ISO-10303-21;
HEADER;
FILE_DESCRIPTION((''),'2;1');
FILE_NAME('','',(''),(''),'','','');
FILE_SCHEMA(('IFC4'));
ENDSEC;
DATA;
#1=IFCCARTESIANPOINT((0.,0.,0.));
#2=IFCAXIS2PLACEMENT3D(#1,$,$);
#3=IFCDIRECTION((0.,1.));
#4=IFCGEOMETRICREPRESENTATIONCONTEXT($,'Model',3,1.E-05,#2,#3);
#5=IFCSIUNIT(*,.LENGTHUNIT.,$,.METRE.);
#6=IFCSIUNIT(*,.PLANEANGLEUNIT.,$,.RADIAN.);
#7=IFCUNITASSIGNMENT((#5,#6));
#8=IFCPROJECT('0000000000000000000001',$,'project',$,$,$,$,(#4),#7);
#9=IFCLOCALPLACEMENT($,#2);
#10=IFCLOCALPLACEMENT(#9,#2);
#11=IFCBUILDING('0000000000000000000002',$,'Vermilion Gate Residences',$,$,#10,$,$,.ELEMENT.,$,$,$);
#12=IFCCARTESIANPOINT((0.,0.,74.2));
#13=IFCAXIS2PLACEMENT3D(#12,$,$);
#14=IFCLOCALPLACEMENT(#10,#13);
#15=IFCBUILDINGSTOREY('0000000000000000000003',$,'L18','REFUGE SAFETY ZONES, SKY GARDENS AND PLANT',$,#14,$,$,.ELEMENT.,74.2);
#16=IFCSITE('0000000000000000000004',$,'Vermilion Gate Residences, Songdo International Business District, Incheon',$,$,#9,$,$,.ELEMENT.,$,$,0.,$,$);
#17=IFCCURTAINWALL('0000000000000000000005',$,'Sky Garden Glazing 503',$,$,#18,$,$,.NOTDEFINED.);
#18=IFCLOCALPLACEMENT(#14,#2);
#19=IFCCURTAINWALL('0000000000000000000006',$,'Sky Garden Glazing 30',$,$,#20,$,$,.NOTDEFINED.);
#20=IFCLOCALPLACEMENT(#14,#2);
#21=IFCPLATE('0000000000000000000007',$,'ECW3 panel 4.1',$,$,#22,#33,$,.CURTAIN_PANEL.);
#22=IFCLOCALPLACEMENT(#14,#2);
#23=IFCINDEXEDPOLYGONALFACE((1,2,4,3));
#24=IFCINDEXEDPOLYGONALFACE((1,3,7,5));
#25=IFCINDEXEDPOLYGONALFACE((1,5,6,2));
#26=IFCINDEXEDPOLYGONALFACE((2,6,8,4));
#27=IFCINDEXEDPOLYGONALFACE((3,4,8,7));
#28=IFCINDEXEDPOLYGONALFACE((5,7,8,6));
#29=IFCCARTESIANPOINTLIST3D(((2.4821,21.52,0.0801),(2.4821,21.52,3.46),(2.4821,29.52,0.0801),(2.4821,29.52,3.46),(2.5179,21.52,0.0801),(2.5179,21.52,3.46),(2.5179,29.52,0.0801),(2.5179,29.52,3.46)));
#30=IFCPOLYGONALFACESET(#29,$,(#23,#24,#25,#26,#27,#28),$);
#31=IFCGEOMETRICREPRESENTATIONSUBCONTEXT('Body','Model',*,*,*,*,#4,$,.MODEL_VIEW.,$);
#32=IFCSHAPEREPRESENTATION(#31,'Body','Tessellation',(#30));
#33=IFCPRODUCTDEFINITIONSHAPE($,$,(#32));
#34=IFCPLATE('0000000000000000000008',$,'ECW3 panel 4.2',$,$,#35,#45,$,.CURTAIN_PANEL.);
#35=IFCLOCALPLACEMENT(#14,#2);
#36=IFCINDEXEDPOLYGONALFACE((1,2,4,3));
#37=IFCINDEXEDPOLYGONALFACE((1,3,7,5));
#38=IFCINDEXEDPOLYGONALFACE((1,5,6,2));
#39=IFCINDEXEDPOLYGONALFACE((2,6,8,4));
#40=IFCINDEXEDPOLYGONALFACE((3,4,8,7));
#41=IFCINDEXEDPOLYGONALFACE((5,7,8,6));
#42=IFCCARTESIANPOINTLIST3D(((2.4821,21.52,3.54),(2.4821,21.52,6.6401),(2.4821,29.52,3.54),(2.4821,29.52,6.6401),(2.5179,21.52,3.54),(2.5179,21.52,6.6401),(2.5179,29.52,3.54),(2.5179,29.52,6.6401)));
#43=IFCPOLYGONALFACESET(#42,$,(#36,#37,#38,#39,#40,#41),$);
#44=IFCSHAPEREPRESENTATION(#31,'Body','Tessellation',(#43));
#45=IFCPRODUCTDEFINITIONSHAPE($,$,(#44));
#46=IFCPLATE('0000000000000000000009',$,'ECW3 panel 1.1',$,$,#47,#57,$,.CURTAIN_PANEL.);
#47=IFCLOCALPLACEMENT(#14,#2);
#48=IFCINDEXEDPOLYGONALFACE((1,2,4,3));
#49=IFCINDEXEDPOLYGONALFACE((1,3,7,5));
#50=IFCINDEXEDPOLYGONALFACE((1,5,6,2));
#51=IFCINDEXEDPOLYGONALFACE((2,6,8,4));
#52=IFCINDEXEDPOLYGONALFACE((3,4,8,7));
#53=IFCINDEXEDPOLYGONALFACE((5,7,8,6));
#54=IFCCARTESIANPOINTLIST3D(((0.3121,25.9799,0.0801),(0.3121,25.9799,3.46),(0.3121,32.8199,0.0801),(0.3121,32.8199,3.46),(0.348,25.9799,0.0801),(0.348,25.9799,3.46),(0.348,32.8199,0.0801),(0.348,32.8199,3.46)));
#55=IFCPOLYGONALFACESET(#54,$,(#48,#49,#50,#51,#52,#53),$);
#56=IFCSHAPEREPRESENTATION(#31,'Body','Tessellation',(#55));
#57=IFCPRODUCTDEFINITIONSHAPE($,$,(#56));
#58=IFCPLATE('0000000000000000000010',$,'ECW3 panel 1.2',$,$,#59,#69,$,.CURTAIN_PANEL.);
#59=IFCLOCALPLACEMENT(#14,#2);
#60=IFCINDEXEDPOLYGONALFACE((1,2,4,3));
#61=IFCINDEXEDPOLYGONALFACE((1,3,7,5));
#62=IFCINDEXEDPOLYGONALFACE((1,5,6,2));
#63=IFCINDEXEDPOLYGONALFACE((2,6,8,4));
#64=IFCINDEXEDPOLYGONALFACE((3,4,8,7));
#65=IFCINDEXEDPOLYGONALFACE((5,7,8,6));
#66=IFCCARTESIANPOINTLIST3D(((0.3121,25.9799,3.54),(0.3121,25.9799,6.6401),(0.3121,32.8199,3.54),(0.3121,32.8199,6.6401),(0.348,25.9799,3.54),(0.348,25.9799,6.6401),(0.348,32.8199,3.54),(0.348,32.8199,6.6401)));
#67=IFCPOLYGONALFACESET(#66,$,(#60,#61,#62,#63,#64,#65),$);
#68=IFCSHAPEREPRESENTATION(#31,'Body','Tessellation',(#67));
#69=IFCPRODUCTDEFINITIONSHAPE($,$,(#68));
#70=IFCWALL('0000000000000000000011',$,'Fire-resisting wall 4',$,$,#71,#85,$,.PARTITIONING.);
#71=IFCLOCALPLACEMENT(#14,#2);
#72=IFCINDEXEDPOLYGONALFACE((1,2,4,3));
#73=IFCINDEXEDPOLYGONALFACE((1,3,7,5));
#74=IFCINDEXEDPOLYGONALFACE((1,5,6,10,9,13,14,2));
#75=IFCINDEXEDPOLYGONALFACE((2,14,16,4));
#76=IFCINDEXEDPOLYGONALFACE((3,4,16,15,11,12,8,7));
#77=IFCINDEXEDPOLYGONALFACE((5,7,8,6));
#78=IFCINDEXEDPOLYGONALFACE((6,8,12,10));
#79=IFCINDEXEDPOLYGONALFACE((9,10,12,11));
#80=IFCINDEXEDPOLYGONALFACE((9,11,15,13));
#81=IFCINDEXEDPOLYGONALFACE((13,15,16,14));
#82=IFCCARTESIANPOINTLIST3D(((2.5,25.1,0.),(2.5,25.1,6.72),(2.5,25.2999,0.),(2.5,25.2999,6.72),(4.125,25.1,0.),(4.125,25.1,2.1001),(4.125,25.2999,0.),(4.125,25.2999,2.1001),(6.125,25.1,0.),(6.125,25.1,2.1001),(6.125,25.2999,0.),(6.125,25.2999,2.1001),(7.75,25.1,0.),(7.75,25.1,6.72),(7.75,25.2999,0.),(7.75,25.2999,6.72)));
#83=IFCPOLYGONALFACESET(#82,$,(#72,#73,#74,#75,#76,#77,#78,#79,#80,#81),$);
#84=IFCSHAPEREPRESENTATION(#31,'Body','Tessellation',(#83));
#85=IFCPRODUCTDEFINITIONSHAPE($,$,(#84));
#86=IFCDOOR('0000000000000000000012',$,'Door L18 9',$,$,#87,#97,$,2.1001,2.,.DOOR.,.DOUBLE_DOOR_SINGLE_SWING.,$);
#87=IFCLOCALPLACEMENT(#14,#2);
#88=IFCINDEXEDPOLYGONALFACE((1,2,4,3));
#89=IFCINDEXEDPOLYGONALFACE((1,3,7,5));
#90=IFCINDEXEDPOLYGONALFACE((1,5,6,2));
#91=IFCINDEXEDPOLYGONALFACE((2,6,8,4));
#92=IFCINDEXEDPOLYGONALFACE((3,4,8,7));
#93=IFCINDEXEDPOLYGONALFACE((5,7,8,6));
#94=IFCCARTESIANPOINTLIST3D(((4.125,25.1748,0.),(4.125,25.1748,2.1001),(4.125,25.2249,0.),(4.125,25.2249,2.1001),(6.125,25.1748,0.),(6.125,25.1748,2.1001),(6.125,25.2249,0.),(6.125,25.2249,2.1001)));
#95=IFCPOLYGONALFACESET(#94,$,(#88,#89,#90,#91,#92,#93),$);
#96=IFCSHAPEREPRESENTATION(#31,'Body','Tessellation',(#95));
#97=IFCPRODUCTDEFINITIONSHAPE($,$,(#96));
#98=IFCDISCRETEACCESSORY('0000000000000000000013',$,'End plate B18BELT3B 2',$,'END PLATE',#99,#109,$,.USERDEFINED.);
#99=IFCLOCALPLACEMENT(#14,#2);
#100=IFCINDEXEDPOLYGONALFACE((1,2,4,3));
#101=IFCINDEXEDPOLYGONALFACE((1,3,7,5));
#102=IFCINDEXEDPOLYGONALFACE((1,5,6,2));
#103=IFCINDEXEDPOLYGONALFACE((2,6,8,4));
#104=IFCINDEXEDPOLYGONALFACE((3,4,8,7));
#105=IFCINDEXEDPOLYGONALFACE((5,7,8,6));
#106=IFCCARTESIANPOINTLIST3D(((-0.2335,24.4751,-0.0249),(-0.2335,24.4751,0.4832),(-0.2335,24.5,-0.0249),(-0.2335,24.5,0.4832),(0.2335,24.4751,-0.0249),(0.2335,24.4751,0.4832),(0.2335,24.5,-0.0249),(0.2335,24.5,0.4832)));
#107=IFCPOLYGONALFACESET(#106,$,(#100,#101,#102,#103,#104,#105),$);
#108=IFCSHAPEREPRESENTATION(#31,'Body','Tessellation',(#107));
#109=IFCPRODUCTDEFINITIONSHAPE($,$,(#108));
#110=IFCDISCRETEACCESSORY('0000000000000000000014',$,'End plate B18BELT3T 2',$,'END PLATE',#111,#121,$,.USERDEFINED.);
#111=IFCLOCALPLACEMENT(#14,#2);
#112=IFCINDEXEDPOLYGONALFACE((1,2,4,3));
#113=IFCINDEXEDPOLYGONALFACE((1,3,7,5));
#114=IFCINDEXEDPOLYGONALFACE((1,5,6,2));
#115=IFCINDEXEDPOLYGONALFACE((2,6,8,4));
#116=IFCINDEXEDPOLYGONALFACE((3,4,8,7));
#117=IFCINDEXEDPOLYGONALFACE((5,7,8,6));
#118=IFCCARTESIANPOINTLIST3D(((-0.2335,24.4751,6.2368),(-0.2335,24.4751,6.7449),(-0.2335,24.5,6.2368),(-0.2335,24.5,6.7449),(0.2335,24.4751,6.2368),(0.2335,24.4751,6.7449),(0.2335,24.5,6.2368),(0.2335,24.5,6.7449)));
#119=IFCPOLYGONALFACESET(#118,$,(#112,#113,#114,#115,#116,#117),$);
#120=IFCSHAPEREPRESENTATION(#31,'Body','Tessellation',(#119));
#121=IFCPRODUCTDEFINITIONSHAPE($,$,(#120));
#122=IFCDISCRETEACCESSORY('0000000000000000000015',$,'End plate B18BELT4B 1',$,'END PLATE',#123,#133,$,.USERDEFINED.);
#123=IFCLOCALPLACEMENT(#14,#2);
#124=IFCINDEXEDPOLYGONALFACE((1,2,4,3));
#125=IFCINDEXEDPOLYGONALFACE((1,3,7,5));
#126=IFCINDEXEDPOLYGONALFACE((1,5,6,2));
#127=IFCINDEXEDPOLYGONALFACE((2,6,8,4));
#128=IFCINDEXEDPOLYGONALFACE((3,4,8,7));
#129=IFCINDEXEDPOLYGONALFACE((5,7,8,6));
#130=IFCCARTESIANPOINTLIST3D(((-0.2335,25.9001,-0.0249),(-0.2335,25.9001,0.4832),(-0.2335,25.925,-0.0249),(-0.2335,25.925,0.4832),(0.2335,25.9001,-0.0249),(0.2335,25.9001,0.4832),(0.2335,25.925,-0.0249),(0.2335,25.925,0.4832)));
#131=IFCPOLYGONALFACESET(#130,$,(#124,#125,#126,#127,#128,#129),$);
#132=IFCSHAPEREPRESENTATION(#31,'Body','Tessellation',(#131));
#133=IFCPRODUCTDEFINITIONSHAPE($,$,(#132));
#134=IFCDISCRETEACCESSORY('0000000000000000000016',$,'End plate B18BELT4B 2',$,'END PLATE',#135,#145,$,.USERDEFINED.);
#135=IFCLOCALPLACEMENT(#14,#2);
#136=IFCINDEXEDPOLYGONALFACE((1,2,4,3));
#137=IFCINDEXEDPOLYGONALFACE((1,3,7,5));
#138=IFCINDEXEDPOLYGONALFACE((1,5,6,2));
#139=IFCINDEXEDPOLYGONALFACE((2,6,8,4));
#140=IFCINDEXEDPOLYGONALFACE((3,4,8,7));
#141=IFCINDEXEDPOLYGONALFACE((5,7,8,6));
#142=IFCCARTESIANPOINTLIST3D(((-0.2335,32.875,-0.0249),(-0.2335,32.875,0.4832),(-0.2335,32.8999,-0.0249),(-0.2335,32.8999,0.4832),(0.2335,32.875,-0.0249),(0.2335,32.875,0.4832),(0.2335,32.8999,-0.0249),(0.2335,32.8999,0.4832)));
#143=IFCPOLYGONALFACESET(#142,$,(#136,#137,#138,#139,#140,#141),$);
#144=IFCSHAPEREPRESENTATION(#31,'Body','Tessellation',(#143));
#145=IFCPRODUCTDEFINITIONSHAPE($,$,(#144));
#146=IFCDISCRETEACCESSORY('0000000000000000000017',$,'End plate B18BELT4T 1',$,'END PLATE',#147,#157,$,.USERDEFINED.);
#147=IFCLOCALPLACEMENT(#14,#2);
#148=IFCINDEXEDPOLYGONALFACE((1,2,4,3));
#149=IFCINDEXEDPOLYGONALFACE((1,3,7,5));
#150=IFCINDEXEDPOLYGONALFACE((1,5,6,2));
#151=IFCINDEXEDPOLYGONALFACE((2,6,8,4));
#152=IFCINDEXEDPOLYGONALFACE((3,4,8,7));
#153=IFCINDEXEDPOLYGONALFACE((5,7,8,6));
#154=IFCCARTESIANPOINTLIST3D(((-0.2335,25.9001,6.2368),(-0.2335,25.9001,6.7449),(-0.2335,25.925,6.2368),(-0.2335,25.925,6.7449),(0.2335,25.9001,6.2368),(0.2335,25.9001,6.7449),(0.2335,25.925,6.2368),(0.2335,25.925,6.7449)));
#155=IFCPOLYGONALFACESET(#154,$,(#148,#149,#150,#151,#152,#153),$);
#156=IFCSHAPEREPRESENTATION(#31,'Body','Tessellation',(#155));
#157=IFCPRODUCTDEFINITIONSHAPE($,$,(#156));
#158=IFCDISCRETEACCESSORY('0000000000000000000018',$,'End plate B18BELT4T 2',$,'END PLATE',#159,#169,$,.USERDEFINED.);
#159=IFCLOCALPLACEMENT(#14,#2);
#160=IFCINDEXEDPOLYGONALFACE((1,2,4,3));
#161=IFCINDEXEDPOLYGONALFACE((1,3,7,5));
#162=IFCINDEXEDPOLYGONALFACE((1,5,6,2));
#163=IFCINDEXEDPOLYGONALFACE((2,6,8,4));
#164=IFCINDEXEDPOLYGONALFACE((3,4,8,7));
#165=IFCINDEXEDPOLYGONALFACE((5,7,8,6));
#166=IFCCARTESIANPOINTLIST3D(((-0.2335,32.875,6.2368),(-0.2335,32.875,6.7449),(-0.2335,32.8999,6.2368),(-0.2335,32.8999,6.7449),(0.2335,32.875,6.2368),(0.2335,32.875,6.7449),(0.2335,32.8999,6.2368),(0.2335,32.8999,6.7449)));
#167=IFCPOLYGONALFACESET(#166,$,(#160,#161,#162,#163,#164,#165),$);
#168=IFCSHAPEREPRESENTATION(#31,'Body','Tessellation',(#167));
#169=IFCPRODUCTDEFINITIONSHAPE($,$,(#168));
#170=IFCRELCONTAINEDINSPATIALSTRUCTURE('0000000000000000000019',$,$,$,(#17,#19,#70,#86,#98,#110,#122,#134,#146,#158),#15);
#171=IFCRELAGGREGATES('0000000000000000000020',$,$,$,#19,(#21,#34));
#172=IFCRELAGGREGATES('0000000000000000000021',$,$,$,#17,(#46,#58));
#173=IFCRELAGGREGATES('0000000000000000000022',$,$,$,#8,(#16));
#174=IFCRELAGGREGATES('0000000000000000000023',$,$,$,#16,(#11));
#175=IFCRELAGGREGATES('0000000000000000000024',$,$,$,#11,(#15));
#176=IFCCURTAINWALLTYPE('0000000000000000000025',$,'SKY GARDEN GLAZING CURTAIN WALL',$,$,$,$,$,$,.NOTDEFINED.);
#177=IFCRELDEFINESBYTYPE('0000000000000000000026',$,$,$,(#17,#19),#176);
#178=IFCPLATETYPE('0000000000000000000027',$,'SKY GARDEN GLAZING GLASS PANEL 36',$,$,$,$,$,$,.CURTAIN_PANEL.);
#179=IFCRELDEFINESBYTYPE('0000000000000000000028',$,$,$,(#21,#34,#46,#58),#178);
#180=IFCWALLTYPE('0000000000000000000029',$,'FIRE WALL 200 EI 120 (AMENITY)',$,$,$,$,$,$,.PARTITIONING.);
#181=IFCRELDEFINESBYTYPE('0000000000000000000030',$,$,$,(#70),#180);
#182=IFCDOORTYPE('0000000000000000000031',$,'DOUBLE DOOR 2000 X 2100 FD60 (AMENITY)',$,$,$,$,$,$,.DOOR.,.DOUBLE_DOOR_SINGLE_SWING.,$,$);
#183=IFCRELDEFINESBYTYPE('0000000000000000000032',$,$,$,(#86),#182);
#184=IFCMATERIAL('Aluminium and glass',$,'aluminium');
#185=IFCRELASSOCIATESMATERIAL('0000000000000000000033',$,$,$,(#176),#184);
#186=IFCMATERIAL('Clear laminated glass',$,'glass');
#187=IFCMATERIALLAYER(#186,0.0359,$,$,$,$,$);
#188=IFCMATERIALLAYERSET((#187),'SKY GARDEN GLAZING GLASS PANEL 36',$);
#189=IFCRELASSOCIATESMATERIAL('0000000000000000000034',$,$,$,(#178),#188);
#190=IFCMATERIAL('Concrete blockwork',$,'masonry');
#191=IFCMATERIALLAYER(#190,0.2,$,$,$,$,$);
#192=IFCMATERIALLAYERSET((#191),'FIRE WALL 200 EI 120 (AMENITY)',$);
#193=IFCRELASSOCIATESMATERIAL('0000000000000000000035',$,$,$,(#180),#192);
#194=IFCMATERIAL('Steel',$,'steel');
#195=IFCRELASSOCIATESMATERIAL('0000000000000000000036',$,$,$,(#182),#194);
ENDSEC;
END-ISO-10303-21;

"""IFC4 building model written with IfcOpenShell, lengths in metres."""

from ifc_helpers import new_model, si_unit, direction, frame, frame_2d, origin, origin_2d, place, context, subcontext, project, spatial, rectangle, extrude, material, layer, layer_set, type_object, element, fill, aggregate, save


model = new_model("IFC4")

# Units and contexts
model_context = context("Model", 3, precision=1e-05, world=origin(), true_north=direction((0.0, 1.0)))
body_context = subcontext(model_context, "Body", "Model", "MODEL_VIEW")
ifc_project = project(units=[si_unit("LENGTHUNIT", "METRE"), si_unit("PLANEANGLEUNIT", "RADIAN")], contexts=[model_context])

# Site, building, storey
site_placement = place(None, origin())
site = spatial("IfcSite", under=ifc_project, at=site_placement, Name="Vermilion Gate Residences, Songdo International Business District, Incheon", CompositionType="ELEMENT", RefElevation=0.0)
building_placement = place(site_placement, origin())
building = spatial("IfcBuilding", under=site, at=building_placement, Name="Vermilion Gate Residences", CompositionType="ELEMENT")
storey_placement = place(building_placement, frame((0.0, 0.0, 74.2)))
storey = spatial("IfcBuildingStorey", under=building, at=storey_placement, Name="L18", Description="REFUGE SAFETY ZONES, SKY GARDENS AND PLANT", CompositionType="ELEMENT", Elevation=74.2)

# Curtain wall
ifc_material_1 = material(Name="Aluminium and glass", Category="aluminium")
curtain_wall_type = type_object("IfcCurtainWallType", Name="SKY GARDEN GLAZING CURTAIN WALL", PredefinedType="NOTDEFINED", material=ifc_material_1)
curtain_wall_1_placement = place(storey_placement, origin())
curtain_wall_1 = element("IfcCurtainWall", 1, at=curtain_wall_1_placement, inside=storey, type_object=curtain_wall_type, Name="Sky Garden Glazing 503", PredefinedType="NOTDEFINED")

# Curtain wall, plates
curtain_wall_2_placement = place(storey_placement, origin())
curtain_wall_2 = element("IfcCurtainWall", 2, at=curtain_wall_2_placement, inside=storey, type_object=curtain_wall_type, Name="Sky Garden Glazing 30", PredefinedType="NOTDEFINED")
ifc_material_2 = material(Name="Clear laminated glass", Category="glass")
ifc_layer_1 = layer(ifc_material_2, 0.0359)
ifc_layer_set_1 = layer_set([ifc_layer_1], Name="SKY GARDEN GLAZING GLASS PANEL 36")
plate_type = type_object("IfcPlateType", Name="SKY GARDEN GLAZING GLASS PANEL 36", PredefinedType="CURTAIN_PANEL", material=ifc_layer_set_1)
plate_1_placement = place(storey_placement, frame((2.5, 25.52, 0.0801), z_axis=(0.0, 0.0, 1.0), x_axis=(0.0, -1.0, 0.0)))
plate_1 = element("IfcPlate", 3, at=plate_1_placement, type_object=plate_type, Name="ECW3 panel 4.1", PredefinedType="CURTAIN_PANEL", context=body_context, shape_type="SweptSolid", body=[
    extrude(rectangle(XDim=8.0, YDim=0.0359, at=origin_2d()), origin(), (0.0, 0.0, 1.0), 3.3799),
])
plate_2_placement = place(storey_placement, frame((2.5, 25.52, 3.54), z_axis=(0.0, 0.0, 1.0), x_axis=(0.0, -1.0, 0.0)))
plate_2 = element("IfcPlate", 4, at=plate_2_placement, type_object=plate_type, Name="ECW3 panel 4.2", PredefinedType="CURTAIN_PANEL", context=body_context, shape_type="SweptSolid", body=[
    extrude(rectangle(XDim=8.0, YDim=0.0359, at=origin_2d()), origin(), (0.0, 0.0, 1.0), 3.1001),
])
aggregate(curtain_wall_2, [plate_1, plate_2])

# Plates
plate_3_placement = place(storey_placement, frame((0.3301, 29.3999, 0.0801), z_axis=(0.0, 0.0, 1.0), x_axis=(0.0, -1.0, 0.0)))
plate_3 = element("IfcPlate", 5, at=plate_3_placement, type_object=plate_type, Name="ECW3 panel 1.1", PredefinedType="CURTAIN_PANEL", context=body_context, shape_type="SweptSolid", body=[
    extrude(rectangle(XDim=6.8401, YDim=0.0359, at=origin_2d()), origin(), (0.0, 0.0, 1.0), 3.3799),
])
plate_4_placement = place(storey_placement, frame((0.3301, 29.3999, 3.54), z_axis=(0.0, 0.0, 1.0), x_axis=(0.0, -1.0, 0.0)))
plate_4 = element("IfcPlate", 6, at=plate_4_placement, type_object=plate_type, Name="ECW3 panel 1.2", PredefinedType="CURTAIN_PANEL", context=body_context, shape_type="SweptSolid", body=[
    extrude(rectangle(XDim=6.8401, YDim=0.0359, at=origin_2d()), origin(), (0.0, 0.0, 1.0), 3.1001),
])
aggregate(curtain_wall_1, [plate_3, plate_4])

# Wall, opening, door
ifc_material_3 = material(Name="Concrete blockwork", Category="masonry")
ifc_layer_2 = layer(ifc_material_3, 0.2)
ifc_layer_set_2 = layer_set([ifc_layer_2], Name="FIRE WALL 200 EI 120 (AMENITY)")
wall_type = type_object("IfcWallType", Name="FIRE WALL 200 EI 120 (AMENITY)", PredefinedType="PARTITIONING", material=ifc_layer_set_2)
wall_placement = place(storey_placement, frame((2.5, 25.2, 0.0), z_axis=(0.0, 0.0, 1.0), x_axis=(1.0, 0.0, 0.0)))
wall = element("IfcWall", 7, at=wall_placement, inside=storey, type_object=wall_type, Name="Fire-resisting wall 4", PredefinedType="PARTITIONING", context=body_context, shape_type="SweptSolid", body=[
    extrude(rectangle(XDim=5.25, YDim=0.2, at=frame_2d((2.625, 0.0))), origin(), (0.0, 0.0, 1.0), 6.72),
])
opening_placement = place(wall_placement, frame((1.625, 0.0, 0.0)))
opening = element("IfcOpeningElement", 8, at=opening_placement, cuts=wall, PredefinedType="OPENING", context=body_context, shape_type="SweptSolid", body=[
    extrude(rectangle(XDim=2.0, YDim=2.1001, at=frame_2d((1.0, 1.05))), frame((0.0, 0.1099, 0.0), z_axis=(0.0, -1.0, 0.0), x_axis=(1.0, 0.0, 0.0)), (0.0, 0.0, 1.0), 0.22),
])
ifc_material_4 = material(Name="Steel", Category="steel")
door_type = type_object("IfcDoorType", Name="DOUBLE DOOR 2000 X 2100 FD60 (AMENITY)", OperationType="DOUBLE_DOOR_SINGLE_SWING", PredefinedType="DOOR", material=ifc_material_4)
door_placement = place(opening_placement, origin())
door = element("IfcDoor", 9, at=door_placement, inside=storey, type_object=door_type, Name="Door L18 9", OperationType="DOUBLE_DOOR_SINGLE_SWING", OverallHeight=2.1001, OverallWidth=2.0, PredefinedType="DOOR", context=body_context, shape_type="SweptSolid", body=[
    extrude(rectangle(XDim=2.0, YDim=2.1001, at=frame_2d((1.0, 1.05))), frame((0.0, 0.0249, 0.0), z_axis=(0.0, -1.0, 0.0), x_axis=(1.0, 0.0, 0.0)), (0.0, 0.0, 1.0), 0.05),
])
fill(opening, door)

# Discrete accessories
for number, where, z_axis, x_axis, name in (
    (10, (0.0, 24.4875, -0.0249), (0.0, 0.0, 1.0), (1.0, 0.0, 0.0), "End plate B18BELT3B 2"),
    (11, (0.0, 24.4875, 6.2368), (0.0, 0.0, 1.0), (1.0, 0.0, 0.0), "End plate B18BELT3T 2"),
    (12, (0.0, 25.9126, -0.0249), (0.0, 0.0, 1.0), (1.0, 0.0, 0.0), "End plate B18BELT4B 1"),
    (13, (0.0, 32.8875, -0.0249), (0.0, 0.0, 1.0), (1.0, 0.0, 0.0), "End plate B18BELT4B 2"),
    (14, (0.0, 25.9126, 6.2368), (0.0, 0.0, 1.0), (1.0, 0.0, 0.0), "End plate B18BELT4T 1"),
    (15, (0.0, 32.8875, 6.2368), (0.0, 0.0, 1.0), (1.0, 0.0, 0.0), "End plate B18BELT4T 2"),
):
    element("IfcDiscreteAccessory", number, at=place(storey_placement, frame(where, z_axis=z_axis, x_axis=x_axis)), inside=storey, Name=name, ObjectType="END PLATE", PredefinedType="USERDEFINED", context=body_context, shape_type="SweptSolid", body=[
        extrude(rectangle(XDim=0.467, YDim=0.0249, at=origin_2d()), origin(), (0.0, 0.0, 1.0), 0.5081),
    ])

save(model, "model.ifc")
